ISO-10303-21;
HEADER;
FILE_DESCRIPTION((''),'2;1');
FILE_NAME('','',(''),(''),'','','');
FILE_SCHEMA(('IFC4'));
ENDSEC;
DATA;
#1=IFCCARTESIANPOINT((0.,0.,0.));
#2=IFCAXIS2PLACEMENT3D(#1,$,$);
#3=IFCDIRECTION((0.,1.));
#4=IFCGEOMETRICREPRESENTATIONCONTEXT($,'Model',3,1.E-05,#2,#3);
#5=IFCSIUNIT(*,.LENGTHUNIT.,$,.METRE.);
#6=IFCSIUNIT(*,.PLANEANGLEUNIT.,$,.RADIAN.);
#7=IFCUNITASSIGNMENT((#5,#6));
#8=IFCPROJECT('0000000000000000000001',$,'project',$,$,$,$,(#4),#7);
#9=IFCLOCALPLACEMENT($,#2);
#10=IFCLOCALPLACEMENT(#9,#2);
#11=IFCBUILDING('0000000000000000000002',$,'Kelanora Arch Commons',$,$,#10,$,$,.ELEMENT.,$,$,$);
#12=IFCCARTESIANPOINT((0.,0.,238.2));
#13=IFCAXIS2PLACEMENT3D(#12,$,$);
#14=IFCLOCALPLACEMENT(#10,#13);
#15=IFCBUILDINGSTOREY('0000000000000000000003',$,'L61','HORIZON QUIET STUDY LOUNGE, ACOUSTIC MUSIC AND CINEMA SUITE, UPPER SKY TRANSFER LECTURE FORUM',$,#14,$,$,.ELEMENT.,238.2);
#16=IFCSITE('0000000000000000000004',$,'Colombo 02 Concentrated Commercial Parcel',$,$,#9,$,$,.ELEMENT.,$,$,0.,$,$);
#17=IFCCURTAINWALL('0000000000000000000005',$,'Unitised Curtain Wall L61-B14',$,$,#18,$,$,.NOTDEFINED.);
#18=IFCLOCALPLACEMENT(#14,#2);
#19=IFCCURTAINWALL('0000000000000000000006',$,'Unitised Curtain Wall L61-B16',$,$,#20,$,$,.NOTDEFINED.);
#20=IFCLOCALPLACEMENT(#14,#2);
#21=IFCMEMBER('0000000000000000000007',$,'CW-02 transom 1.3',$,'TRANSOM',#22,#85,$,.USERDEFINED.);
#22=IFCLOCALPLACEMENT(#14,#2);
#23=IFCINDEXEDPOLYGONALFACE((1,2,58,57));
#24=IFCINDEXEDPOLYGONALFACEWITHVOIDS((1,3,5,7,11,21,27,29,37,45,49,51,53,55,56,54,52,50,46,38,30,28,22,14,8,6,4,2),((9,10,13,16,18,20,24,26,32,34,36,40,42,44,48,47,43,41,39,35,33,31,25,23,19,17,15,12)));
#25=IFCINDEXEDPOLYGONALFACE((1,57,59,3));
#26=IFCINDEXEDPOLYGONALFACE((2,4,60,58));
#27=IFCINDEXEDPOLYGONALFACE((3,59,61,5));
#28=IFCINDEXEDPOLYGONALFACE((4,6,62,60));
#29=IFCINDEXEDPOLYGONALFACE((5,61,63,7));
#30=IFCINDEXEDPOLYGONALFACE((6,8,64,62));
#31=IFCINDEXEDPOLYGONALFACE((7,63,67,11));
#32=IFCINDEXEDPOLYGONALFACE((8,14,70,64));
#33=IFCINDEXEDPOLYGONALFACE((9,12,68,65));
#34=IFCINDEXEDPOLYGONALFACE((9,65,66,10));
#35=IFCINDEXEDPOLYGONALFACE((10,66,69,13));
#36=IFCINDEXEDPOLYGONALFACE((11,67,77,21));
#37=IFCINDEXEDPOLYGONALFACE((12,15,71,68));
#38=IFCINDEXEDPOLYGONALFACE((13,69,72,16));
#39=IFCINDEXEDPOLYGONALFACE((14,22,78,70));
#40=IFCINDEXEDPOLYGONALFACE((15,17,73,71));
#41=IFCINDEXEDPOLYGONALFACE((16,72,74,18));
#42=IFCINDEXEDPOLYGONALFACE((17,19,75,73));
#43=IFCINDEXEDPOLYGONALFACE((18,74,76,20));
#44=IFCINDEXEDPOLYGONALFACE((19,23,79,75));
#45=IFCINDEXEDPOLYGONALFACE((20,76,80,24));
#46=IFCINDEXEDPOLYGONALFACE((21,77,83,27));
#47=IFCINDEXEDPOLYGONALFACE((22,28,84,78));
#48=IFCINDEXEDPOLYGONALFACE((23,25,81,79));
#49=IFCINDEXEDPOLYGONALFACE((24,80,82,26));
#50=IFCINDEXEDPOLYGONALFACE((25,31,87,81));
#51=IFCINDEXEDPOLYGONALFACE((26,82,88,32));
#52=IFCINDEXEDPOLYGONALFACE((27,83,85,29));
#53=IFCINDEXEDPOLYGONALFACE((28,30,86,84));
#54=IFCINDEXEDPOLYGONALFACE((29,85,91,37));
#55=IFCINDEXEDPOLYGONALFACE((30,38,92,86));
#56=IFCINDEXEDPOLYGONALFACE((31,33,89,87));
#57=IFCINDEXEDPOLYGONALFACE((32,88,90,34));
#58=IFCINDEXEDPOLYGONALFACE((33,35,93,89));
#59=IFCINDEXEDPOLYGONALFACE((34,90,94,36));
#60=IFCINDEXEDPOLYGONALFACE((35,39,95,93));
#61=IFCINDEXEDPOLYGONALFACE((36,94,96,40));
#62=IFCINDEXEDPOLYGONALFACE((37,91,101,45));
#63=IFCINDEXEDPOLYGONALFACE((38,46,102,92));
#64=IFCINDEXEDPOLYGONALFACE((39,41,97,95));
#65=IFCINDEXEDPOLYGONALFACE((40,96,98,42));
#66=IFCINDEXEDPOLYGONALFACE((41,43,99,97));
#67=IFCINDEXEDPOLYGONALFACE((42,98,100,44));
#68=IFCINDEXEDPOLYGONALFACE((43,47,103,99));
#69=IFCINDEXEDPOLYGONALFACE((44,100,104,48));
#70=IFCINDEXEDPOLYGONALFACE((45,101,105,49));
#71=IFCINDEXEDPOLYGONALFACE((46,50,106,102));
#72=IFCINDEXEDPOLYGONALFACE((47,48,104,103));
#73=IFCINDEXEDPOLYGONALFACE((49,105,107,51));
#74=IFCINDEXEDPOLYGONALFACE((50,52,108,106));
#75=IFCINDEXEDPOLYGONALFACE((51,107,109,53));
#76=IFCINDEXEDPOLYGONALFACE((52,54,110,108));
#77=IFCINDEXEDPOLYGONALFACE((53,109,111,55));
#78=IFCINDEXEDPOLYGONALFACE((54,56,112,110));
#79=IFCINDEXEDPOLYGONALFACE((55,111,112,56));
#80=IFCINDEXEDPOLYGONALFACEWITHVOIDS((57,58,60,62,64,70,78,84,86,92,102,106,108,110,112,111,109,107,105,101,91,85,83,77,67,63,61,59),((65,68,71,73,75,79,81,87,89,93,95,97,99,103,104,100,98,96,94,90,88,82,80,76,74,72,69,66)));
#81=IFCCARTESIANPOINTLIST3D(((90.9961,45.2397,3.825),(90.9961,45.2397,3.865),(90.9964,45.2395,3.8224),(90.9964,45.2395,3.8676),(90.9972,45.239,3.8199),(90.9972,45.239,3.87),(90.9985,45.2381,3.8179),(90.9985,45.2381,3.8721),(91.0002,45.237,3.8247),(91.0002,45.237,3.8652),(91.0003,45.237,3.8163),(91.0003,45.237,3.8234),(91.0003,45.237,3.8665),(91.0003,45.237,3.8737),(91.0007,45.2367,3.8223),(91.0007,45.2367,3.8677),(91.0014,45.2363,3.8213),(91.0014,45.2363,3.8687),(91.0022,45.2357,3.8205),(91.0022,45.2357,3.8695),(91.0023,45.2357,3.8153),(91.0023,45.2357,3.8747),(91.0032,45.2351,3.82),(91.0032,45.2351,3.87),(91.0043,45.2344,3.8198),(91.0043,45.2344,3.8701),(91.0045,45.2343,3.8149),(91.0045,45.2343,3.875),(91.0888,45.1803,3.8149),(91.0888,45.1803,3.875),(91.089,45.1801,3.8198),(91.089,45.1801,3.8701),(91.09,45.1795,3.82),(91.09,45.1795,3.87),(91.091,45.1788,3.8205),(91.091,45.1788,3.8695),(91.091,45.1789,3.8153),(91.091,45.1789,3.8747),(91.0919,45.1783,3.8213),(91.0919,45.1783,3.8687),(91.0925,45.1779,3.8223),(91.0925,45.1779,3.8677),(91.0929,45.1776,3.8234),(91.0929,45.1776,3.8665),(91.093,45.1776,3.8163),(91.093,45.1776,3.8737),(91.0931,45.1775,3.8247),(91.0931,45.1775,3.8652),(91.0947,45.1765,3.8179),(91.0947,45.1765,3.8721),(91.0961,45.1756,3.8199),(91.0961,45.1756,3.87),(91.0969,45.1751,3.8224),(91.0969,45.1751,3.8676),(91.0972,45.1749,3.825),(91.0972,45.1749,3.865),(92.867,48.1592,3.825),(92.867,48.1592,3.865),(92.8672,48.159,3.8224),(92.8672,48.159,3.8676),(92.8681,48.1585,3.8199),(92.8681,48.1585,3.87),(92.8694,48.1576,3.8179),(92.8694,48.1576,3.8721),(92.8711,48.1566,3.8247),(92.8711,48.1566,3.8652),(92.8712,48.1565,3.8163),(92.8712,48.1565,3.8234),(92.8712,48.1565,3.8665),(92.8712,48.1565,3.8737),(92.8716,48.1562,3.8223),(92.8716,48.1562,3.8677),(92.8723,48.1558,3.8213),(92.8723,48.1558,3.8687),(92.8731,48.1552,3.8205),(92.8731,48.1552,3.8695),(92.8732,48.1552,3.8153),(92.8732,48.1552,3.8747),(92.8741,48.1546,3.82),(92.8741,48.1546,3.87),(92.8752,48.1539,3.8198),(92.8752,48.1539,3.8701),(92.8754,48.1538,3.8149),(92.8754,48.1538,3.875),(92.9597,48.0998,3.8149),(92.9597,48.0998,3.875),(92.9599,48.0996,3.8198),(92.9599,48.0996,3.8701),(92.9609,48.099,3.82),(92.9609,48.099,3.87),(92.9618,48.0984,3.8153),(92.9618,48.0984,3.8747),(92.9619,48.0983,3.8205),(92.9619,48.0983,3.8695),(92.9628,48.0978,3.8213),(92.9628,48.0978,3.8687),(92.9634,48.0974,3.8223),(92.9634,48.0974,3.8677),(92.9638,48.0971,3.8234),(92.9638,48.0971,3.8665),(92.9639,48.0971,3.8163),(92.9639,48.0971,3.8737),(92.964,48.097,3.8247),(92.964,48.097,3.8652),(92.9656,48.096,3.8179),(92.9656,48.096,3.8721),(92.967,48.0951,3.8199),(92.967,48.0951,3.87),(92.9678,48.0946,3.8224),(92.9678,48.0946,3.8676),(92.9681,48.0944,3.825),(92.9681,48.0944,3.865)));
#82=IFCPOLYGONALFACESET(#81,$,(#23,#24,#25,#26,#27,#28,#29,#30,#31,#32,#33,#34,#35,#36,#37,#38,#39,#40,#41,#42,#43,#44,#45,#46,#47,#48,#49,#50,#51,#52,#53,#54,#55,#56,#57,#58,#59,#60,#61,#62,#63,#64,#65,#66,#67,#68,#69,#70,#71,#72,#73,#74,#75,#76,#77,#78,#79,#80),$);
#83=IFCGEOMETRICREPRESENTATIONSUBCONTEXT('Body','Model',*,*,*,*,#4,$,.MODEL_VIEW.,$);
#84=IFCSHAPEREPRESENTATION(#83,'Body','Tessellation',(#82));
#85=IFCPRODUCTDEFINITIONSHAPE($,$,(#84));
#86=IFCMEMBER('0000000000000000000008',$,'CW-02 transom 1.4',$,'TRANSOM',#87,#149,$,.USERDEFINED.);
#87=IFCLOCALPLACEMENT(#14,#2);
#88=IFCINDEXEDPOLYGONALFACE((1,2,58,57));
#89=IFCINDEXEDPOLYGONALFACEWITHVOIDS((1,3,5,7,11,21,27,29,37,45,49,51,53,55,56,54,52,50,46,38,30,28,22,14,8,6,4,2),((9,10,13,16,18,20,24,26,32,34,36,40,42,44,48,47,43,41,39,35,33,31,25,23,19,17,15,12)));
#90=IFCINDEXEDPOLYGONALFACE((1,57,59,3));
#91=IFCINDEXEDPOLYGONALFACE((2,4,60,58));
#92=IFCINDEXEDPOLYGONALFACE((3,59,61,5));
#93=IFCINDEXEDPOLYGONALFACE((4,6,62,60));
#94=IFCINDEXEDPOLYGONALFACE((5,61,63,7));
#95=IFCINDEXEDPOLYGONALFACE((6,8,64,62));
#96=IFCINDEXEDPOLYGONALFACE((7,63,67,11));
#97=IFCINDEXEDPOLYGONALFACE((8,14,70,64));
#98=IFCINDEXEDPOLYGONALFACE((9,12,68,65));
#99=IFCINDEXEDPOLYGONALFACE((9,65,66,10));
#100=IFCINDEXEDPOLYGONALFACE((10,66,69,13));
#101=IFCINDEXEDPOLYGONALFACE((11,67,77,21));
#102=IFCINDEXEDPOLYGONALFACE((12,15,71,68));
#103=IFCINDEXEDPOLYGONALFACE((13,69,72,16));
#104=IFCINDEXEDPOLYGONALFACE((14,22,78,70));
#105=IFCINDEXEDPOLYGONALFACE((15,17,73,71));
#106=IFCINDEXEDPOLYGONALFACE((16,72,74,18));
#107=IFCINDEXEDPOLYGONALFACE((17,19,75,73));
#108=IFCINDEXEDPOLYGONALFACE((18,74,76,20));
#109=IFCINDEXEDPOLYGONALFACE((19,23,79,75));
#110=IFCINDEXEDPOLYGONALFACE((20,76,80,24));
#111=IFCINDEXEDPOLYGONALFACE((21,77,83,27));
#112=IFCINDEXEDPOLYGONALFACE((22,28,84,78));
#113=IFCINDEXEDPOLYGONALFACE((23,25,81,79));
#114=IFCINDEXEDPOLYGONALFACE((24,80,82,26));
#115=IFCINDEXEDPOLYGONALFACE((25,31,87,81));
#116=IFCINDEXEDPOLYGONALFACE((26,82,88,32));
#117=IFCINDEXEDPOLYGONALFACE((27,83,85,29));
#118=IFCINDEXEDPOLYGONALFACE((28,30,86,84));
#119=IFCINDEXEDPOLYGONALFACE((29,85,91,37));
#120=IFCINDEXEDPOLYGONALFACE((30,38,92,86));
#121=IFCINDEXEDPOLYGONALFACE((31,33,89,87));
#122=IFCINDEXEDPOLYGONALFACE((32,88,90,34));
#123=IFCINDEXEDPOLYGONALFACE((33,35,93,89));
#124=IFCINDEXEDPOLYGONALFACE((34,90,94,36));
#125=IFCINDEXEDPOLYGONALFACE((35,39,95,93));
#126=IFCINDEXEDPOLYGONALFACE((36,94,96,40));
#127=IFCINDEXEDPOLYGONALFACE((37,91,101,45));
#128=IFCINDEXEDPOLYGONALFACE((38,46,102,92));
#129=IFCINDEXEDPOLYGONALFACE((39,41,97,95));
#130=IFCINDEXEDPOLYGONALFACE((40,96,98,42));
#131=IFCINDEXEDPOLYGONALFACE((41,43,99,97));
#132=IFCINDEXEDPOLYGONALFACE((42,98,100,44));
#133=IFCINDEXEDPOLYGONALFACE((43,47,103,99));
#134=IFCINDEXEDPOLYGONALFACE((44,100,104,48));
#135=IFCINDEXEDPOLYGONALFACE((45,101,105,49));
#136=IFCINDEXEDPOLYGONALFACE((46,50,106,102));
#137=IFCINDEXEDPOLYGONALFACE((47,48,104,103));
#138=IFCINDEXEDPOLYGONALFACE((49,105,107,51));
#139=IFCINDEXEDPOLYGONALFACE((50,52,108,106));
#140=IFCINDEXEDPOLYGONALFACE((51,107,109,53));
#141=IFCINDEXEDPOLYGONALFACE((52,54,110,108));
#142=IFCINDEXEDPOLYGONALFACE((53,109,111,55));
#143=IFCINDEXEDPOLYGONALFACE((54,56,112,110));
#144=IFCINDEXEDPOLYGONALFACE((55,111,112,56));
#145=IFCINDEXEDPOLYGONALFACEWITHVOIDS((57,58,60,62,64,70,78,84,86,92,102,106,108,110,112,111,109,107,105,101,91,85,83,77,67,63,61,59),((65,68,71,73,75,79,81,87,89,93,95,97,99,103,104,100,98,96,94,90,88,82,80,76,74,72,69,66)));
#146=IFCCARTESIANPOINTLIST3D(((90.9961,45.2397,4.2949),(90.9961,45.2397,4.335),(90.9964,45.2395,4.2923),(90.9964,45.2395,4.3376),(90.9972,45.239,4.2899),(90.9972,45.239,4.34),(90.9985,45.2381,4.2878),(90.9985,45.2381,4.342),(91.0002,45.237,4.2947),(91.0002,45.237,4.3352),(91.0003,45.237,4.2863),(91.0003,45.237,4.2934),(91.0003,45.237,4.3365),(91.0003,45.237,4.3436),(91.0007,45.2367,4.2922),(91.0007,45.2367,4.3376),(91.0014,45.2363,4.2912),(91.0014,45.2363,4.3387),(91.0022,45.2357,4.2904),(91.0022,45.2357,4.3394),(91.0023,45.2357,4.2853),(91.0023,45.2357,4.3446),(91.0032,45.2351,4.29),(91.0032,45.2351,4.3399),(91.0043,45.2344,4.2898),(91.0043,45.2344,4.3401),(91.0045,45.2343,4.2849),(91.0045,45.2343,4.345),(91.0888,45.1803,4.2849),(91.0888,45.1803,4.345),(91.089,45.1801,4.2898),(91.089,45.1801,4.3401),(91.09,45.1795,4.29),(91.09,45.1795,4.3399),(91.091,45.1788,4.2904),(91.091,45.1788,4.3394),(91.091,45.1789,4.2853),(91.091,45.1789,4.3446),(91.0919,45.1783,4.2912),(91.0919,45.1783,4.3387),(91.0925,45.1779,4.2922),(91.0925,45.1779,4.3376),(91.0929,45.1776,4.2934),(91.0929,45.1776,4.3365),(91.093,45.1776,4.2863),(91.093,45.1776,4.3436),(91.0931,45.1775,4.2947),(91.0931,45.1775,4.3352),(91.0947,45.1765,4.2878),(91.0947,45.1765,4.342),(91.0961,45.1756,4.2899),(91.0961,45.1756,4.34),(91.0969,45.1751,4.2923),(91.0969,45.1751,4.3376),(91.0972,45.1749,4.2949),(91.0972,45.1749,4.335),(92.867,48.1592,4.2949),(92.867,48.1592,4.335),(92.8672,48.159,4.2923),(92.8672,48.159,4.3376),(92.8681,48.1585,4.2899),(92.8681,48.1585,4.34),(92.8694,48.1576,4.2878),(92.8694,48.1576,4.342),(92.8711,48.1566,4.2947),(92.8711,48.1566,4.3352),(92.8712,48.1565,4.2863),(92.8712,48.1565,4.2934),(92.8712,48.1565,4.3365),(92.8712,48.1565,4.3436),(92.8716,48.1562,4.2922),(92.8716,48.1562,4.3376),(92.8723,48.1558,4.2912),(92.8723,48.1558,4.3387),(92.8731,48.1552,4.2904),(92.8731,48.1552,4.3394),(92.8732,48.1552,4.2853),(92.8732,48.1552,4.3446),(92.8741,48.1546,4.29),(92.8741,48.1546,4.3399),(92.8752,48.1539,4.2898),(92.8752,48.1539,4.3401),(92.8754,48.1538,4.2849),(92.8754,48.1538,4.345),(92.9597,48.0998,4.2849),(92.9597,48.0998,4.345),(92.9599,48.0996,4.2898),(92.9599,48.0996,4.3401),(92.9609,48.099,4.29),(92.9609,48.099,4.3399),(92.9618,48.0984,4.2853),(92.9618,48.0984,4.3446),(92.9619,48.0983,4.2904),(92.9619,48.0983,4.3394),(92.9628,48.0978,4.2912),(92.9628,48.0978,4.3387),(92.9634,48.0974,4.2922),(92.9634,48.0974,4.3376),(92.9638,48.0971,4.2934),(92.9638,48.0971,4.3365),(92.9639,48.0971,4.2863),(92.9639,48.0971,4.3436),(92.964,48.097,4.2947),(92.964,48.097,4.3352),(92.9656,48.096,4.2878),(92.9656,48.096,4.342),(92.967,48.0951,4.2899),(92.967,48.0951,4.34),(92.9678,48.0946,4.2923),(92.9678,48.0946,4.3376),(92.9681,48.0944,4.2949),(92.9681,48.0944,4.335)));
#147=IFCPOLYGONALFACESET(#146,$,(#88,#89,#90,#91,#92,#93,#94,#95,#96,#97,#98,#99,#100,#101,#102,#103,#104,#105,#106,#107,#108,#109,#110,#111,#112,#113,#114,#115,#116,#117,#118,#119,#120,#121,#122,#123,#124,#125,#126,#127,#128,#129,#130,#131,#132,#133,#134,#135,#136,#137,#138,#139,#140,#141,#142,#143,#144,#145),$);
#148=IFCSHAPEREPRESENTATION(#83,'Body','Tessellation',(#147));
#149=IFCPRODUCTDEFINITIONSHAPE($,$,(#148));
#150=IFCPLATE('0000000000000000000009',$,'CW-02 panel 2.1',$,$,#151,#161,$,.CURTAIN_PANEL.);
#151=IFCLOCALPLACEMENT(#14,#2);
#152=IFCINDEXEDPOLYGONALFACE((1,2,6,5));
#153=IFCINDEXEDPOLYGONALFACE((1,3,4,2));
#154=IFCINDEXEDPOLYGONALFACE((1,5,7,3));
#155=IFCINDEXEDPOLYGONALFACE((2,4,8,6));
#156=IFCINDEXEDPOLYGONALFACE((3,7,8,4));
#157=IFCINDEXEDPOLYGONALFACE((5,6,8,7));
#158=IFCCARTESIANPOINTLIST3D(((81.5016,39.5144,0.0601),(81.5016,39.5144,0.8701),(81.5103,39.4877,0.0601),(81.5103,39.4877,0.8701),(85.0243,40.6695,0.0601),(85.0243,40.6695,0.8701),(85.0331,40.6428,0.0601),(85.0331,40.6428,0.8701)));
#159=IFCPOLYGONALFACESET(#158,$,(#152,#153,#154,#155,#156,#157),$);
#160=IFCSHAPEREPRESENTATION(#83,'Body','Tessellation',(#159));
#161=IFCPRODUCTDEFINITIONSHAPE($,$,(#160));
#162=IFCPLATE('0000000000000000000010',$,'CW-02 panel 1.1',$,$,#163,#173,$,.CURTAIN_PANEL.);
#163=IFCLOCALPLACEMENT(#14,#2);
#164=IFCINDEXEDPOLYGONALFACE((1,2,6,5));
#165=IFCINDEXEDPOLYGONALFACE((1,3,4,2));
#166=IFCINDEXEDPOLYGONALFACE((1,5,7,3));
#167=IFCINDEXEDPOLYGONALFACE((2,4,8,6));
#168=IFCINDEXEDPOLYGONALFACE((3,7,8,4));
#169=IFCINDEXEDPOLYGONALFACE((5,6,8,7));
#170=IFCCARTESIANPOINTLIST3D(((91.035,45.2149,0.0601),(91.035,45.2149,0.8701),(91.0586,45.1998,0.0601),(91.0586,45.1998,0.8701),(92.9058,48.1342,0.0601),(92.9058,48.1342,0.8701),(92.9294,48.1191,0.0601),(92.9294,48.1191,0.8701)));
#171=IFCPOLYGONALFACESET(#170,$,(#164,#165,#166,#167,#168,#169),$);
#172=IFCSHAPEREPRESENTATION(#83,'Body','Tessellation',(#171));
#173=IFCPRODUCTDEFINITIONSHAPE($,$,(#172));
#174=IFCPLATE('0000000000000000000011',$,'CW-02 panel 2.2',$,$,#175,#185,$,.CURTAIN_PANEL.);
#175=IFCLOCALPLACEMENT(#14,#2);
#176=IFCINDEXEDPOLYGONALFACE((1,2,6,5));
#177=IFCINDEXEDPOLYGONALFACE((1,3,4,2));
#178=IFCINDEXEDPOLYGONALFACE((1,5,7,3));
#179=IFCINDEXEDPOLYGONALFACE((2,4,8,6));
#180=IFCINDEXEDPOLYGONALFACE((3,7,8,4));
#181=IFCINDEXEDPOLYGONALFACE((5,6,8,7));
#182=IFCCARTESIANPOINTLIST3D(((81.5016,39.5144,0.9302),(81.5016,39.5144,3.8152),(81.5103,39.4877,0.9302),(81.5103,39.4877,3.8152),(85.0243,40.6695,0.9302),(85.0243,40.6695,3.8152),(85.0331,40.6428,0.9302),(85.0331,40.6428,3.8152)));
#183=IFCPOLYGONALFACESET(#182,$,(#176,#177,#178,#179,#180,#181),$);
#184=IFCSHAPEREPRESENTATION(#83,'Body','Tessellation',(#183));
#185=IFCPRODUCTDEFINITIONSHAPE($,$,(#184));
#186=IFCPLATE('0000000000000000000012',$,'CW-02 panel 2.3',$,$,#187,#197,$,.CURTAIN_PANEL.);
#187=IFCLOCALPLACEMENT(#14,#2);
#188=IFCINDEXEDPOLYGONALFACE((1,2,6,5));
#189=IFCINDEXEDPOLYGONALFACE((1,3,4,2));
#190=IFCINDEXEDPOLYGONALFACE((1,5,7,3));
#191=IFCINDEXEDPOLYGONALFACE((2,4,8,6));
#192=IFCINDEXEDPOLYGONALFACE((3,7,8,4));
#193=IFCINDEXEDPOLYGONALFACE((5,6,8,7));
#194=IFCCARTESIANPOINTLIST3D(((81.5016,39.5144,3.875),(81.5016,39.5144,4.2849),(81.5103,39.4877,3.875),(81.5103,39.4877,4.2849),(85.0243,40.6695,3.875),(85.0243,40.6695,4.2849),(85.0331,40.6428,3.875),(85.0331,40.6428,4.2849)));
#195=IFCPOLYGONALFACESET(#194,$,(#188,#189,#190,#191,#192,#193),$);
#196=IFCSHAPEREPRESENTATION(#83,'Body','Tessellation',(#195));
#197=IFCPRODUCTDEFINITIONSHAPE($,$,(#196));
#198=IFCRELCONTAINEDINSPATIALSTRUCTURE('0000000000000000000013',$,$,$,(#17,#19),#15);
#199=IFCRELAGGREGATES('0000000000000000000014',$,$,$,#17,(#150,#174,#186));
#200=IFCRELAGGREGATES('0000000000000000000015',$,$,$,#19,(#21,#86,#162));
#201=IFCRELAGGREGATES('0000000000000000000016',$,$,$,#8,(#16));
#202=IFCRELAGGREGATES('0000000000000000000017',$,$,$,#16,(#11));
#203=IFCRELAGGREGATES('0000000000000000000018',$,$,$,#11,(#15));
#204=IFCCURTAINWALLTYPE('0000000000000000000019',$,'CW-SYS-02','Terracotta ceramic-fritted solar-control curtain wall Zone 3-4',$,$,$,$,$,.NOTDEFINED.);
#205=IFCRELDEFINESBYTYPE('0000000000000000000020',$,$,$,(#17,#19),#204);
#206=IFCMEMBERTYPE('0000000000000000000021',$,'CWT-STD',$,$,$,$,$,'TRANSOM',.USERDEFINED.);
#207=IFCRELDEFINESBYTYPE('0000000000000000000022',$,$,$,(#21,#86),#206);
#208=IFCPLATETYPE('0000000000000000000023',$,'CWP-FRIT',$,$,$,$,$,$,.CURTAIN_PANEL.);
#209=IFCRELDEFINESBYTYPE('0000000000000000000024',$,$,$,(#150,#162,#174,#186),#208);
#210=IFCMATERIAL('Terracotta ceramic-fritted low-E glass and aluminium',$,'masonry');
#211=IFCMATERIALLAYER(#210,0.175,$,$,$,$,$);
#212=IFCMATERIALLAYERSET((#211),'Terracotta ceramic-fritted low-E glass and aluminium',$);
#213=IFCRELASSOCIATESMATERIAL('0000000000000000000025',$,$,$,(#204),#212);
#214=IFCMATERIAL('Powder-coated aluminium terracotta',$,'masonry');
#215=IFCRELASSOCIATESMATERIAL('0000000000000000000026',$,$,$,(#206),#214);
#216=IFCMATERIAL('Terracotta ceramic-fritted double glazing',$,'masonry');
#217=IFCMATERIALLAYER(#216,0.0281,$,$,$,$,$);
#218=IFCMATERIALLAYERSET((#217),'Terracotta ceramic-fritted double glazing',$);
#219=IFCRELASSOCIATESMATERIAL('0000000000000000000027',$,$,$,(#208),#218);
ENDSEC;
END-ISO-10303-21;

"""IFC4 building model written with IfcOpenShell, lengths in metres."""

from ifc_helpers import new_model, si_unit, direction, frame, origin, origin_2d, place, context, subcontext, project, spatial, rectangle, hollow_rectangle, extrude, source, transform, mapped, material, layer, layer_set, material_profile, profile_set, type_object, element, aggregate, save


model = new_model("IFC4")

# Units and contexts
model_context = context("Model", 3, precision=1e-05, world=origin(), true_north=direction((0.0, 1.0)))
body_context = subcontext(model_context, "Body", "Model", "MODEL_VIEW")
ifc_project = project(units=[si_unit("LENGTHUNIT", "METRE"), si_unit("PLANEANGLEUNIT", "RADIAN")], contexts=[model_context])

# Site, building, storey
site_placement = place(None, origin())
site = spatial("IfcSite", under=ifc_project, at=site_placement, Name="Colombo 02 Concentrated Commercial Parcel", CompositionType="ELEMENT", RefElevation=0.0)
building_placement = place(site_placement, origin())
building = spatial("IfcBuilding", under=site, at=building_placement, Name="Kelanora Arch Commons", CompositionType="ELEMENT")
storey_placement = place(building_placement, frame((0.0, 0.0, 238.2)))
storey = spatial("IfcBuildingStorey", under=building, at=storey_placement, Name="L61", Description="HORIZON QUIET STUDY LOUNGE, ACOUSTIC MUSIC AND CINEMA SUITE, UPPER SKY TRANSFER LECTURE FORUM", CompositionType="ELEMENT", Elevation=238.2)

# Curtain wall
ifc_material_1 = material(Name="Terracotta ceramic-fritted low-E glass and aluminium", Category="masonry")
ifc_layer_1 = layer(ifc_material_1, 0.175)
ifc_layer_set_1 = layer_set([ifc_layer_1], Name="Terracotta ceramic-fritted low-E glass and aluminium")
curtain_wall_type = type_object("IfcCurtainWallType", Name="CW-SYS-02", Description="Terracotta ceramic-fritted solar-control curtain wall Zone 3-4", PredefinedType="NOTDEFINED", material=ifc_layer_set_1)
curtain_wall_1_placement = place(storey_placement, origin())
curtain_wall_1 = element("IfcCurtainWall", 1, at=curtain_wall_1_placement, inside=storey, type_object=curtain_wall_type, Name="Unitised Curtain Wall L61-B14", PredefinedType="NOTDEFINED")
ifc_material_2 = material(Name="Powder-coated aluminium terracotta", Category="masonry")

# Curtain wall, members
curtain_wall_2_placement = place(storey_placement, origin())
curtain_wall_2 = element("IfcCurtainWall", 2, at=curtain_wall_2_placement, inside=storey, type_object=curtain_wall_type, Name="Unitised Curtain Wall L61-B16", PredefinedType="NOTDEFINED")
ifc_material_profile_1 = material_profile(ifc_material_2, hollow_rectangle(XDim=0.1201, YDim=0.0601, WallThickness=0.0049, InnerFilletRadius=0.0049, OuterFilletRadius=0.01, at=origin_2d()), Name="CWT120x60")
ifc_profile_set_1 = profile_set([ifc_material_profile_1], Name="Powder-coated aluminium terracotta")
member_type_1 = type_object("IfcMemberType", Name="CWT-STD", ElementType="TRANSOM", PredefinedType="USERDEFINED", material=ifc_profile_set_1)
member_1_placement = place(storey_placement, frame((91.0466, 45.2073, 3.845), z_axis=(0.539547, 0.841955, 0.0), x_axis=(-0.841955, 0.539547, 0.0)))
member_1 = element("IfcMember", 3, at=member_1_placement, type_object=member_type_1, Name="CW-02 transom 1.3", ObjectType="TRANSOM", PredefinedType="USERDEFINED", context=body_context, shape_type="SweptSolid", body=[
    extrude(hollow_rectangle(XDim=0.1201, YDim=0.0601, WallThickness=0.0049, InnerFilletRadius=0.0049, OuterFilletRadius=0.01, at=origin_2d()), origin(), (0.0, 0.0, 1.0), 3.4675),
])
member_2_placement = place(storey_placement, frame((91.0466, 45.2073, 4.3149), z_axis=(0.539547, 0.841955, 0.0), x_axis=(-0.841955, 0.539547, 0.0)))
member_2 = element("IfcMember", 4, at=member_2_placement, type_object=member_type_1, Name="CW-02 transom 1.4", ObjectType="TRANSOM", PredefinedType="USERDEFINED", context=body_context, shape_type="SweptSolid", body=[
    extrude(hollow_rectangle(XDim=0.1201, YDim=0.0601, WallThickness=0.0049, InnerFilletRadius=0.0049, OuterFilletRadius=0.01, at=origin_2d()), origin(), (0.0, 0.0, 1.0), 3.4675),
])

# Plates
ifc_material_3 = material(Name="Terracotta ceramic-fritted double glazing", Category="masonry")
ifc_layer_2 = layer(ifc_material_3, 0.0281)
ifc_layer_set_2 = layer_set([ifc_layer_2], Name="Terracotta ceramic-fritted double glazing")
plate_type = type_object("IfcPlateType", Name="CWP-FRIT", PredefinedType="CURTAIN_PANEL", material=ifc_layer_set_2)
shared_shape_1 = source(origin(), body_context, "Body", "SweptSolid", [
    extrude(rectangle(XDim=3.7073, YDim=0.0281, at=origin_2d()), origin(), (0.0, 0.0, 1.0), 0.8101),
])
plate_1_placement = place(storey_placement, frame((83.2673, 40.0786, 0.0601), z_axis=(0.0, 0.0, 1.0), x_axis=(0.950219, 0.311582, 0.0)))
plate_1 = element("IfcPlate", 5, at=plate_1_placement, type_object=plate_type, Name="CW-02 panel 2.1", PredefinedType="CURTAIN_PANEL", context=body_context, shape_type="MappedRepresentation", body=[
    mapped(shared_shape_1, transform((0.0, 0.0, 0.0), scale=1.0)),
])
shared_shape_2 = source(origin(), body_context, "Body", "SweptSolid", [
    extrude(rectangle(XDim=3.4673, YDim=0.0281, at=origin_2d()), origin(), (0.0, 0.0, 1.0), 0.8101),
])
plate_2_placement = place(storey_placement, frame((91.9822, 46.667, 0.0601), z_axis=(0.0, 0.0, 1.0), x_axis=(0.539559, 0.841948, 0.0)))
plate_2 = element("IfcPlate", 6, at=plate_2_placement, type_object=plate_type, Name="CW-02 panel 1.1", PredefinedType="CURTAIN_PANEL", context=body_context, shape_type="MappedRepresentation", body=[
    mapped(shared_shape_2, transform((0.0, 0.0, 0.0), scale=1.0)),
])
shared_shape_3 = source(origin(), body_context, "Body", "SweptSolid", [
    extrude(rectangle(XDim=3.7073, YDim=0.0281, at=origin_2d()), origin(), (0.0, 0.0, 1.0), 2.885),
])
plate_3_placement = place(storey_placement, frame((83.2673, 40.0786, 0.9302), z_axis=(0.0, 0.0, 1.0), x_axis=(0.950219, 0.311582, 0.0)))
plate_3 = element("IfcPlate", 7, at=plate_3_placement, type_object=plate_type, Name="CW-02 panel 2.2", PredefinedType="CURTAIN_PANEL", context=body_context, shape_type="MappedRepresentation", body=[
    mapped(shared_shape_3, transform((0.0, 0.0, 0.0), scale=1.0)),
])
shared_shape_4 = source(origin(), body_context, "Body", "SweptSolid", [
    extrude(rectangle(XDim=3.7073, YDim=0.0281, at=origin_2d()), origin(), (0.0, 0.0, 1.0), 0.4099),
])
plate_4_placement = place(storey_placement, frame((83.2673, 40.0786, 3.875), z_axis=(0.0, 0.0, 1.0), x_axis=(0.950219, 0.311582, 0.0)))
plate_4 = element("IfcPlate", 8, at=plate_4_placement, type_object=plate_type, Name="CW-02 panel 2.3", PredefinedType="CURTAIN_PANEL", context=body_context, shape_type="MappedRepresentation", body=[
    mapped(shared_shape_4, transform((0.0, 0.0, 0.0), scale=1.0)),
])
aggregate(curtain_wall_1, [plate_1, plate_3, plate_4])
aggregate(curtain_wall_2, [member_1, member_2, plate_2])

save(model, "model.ifc")
